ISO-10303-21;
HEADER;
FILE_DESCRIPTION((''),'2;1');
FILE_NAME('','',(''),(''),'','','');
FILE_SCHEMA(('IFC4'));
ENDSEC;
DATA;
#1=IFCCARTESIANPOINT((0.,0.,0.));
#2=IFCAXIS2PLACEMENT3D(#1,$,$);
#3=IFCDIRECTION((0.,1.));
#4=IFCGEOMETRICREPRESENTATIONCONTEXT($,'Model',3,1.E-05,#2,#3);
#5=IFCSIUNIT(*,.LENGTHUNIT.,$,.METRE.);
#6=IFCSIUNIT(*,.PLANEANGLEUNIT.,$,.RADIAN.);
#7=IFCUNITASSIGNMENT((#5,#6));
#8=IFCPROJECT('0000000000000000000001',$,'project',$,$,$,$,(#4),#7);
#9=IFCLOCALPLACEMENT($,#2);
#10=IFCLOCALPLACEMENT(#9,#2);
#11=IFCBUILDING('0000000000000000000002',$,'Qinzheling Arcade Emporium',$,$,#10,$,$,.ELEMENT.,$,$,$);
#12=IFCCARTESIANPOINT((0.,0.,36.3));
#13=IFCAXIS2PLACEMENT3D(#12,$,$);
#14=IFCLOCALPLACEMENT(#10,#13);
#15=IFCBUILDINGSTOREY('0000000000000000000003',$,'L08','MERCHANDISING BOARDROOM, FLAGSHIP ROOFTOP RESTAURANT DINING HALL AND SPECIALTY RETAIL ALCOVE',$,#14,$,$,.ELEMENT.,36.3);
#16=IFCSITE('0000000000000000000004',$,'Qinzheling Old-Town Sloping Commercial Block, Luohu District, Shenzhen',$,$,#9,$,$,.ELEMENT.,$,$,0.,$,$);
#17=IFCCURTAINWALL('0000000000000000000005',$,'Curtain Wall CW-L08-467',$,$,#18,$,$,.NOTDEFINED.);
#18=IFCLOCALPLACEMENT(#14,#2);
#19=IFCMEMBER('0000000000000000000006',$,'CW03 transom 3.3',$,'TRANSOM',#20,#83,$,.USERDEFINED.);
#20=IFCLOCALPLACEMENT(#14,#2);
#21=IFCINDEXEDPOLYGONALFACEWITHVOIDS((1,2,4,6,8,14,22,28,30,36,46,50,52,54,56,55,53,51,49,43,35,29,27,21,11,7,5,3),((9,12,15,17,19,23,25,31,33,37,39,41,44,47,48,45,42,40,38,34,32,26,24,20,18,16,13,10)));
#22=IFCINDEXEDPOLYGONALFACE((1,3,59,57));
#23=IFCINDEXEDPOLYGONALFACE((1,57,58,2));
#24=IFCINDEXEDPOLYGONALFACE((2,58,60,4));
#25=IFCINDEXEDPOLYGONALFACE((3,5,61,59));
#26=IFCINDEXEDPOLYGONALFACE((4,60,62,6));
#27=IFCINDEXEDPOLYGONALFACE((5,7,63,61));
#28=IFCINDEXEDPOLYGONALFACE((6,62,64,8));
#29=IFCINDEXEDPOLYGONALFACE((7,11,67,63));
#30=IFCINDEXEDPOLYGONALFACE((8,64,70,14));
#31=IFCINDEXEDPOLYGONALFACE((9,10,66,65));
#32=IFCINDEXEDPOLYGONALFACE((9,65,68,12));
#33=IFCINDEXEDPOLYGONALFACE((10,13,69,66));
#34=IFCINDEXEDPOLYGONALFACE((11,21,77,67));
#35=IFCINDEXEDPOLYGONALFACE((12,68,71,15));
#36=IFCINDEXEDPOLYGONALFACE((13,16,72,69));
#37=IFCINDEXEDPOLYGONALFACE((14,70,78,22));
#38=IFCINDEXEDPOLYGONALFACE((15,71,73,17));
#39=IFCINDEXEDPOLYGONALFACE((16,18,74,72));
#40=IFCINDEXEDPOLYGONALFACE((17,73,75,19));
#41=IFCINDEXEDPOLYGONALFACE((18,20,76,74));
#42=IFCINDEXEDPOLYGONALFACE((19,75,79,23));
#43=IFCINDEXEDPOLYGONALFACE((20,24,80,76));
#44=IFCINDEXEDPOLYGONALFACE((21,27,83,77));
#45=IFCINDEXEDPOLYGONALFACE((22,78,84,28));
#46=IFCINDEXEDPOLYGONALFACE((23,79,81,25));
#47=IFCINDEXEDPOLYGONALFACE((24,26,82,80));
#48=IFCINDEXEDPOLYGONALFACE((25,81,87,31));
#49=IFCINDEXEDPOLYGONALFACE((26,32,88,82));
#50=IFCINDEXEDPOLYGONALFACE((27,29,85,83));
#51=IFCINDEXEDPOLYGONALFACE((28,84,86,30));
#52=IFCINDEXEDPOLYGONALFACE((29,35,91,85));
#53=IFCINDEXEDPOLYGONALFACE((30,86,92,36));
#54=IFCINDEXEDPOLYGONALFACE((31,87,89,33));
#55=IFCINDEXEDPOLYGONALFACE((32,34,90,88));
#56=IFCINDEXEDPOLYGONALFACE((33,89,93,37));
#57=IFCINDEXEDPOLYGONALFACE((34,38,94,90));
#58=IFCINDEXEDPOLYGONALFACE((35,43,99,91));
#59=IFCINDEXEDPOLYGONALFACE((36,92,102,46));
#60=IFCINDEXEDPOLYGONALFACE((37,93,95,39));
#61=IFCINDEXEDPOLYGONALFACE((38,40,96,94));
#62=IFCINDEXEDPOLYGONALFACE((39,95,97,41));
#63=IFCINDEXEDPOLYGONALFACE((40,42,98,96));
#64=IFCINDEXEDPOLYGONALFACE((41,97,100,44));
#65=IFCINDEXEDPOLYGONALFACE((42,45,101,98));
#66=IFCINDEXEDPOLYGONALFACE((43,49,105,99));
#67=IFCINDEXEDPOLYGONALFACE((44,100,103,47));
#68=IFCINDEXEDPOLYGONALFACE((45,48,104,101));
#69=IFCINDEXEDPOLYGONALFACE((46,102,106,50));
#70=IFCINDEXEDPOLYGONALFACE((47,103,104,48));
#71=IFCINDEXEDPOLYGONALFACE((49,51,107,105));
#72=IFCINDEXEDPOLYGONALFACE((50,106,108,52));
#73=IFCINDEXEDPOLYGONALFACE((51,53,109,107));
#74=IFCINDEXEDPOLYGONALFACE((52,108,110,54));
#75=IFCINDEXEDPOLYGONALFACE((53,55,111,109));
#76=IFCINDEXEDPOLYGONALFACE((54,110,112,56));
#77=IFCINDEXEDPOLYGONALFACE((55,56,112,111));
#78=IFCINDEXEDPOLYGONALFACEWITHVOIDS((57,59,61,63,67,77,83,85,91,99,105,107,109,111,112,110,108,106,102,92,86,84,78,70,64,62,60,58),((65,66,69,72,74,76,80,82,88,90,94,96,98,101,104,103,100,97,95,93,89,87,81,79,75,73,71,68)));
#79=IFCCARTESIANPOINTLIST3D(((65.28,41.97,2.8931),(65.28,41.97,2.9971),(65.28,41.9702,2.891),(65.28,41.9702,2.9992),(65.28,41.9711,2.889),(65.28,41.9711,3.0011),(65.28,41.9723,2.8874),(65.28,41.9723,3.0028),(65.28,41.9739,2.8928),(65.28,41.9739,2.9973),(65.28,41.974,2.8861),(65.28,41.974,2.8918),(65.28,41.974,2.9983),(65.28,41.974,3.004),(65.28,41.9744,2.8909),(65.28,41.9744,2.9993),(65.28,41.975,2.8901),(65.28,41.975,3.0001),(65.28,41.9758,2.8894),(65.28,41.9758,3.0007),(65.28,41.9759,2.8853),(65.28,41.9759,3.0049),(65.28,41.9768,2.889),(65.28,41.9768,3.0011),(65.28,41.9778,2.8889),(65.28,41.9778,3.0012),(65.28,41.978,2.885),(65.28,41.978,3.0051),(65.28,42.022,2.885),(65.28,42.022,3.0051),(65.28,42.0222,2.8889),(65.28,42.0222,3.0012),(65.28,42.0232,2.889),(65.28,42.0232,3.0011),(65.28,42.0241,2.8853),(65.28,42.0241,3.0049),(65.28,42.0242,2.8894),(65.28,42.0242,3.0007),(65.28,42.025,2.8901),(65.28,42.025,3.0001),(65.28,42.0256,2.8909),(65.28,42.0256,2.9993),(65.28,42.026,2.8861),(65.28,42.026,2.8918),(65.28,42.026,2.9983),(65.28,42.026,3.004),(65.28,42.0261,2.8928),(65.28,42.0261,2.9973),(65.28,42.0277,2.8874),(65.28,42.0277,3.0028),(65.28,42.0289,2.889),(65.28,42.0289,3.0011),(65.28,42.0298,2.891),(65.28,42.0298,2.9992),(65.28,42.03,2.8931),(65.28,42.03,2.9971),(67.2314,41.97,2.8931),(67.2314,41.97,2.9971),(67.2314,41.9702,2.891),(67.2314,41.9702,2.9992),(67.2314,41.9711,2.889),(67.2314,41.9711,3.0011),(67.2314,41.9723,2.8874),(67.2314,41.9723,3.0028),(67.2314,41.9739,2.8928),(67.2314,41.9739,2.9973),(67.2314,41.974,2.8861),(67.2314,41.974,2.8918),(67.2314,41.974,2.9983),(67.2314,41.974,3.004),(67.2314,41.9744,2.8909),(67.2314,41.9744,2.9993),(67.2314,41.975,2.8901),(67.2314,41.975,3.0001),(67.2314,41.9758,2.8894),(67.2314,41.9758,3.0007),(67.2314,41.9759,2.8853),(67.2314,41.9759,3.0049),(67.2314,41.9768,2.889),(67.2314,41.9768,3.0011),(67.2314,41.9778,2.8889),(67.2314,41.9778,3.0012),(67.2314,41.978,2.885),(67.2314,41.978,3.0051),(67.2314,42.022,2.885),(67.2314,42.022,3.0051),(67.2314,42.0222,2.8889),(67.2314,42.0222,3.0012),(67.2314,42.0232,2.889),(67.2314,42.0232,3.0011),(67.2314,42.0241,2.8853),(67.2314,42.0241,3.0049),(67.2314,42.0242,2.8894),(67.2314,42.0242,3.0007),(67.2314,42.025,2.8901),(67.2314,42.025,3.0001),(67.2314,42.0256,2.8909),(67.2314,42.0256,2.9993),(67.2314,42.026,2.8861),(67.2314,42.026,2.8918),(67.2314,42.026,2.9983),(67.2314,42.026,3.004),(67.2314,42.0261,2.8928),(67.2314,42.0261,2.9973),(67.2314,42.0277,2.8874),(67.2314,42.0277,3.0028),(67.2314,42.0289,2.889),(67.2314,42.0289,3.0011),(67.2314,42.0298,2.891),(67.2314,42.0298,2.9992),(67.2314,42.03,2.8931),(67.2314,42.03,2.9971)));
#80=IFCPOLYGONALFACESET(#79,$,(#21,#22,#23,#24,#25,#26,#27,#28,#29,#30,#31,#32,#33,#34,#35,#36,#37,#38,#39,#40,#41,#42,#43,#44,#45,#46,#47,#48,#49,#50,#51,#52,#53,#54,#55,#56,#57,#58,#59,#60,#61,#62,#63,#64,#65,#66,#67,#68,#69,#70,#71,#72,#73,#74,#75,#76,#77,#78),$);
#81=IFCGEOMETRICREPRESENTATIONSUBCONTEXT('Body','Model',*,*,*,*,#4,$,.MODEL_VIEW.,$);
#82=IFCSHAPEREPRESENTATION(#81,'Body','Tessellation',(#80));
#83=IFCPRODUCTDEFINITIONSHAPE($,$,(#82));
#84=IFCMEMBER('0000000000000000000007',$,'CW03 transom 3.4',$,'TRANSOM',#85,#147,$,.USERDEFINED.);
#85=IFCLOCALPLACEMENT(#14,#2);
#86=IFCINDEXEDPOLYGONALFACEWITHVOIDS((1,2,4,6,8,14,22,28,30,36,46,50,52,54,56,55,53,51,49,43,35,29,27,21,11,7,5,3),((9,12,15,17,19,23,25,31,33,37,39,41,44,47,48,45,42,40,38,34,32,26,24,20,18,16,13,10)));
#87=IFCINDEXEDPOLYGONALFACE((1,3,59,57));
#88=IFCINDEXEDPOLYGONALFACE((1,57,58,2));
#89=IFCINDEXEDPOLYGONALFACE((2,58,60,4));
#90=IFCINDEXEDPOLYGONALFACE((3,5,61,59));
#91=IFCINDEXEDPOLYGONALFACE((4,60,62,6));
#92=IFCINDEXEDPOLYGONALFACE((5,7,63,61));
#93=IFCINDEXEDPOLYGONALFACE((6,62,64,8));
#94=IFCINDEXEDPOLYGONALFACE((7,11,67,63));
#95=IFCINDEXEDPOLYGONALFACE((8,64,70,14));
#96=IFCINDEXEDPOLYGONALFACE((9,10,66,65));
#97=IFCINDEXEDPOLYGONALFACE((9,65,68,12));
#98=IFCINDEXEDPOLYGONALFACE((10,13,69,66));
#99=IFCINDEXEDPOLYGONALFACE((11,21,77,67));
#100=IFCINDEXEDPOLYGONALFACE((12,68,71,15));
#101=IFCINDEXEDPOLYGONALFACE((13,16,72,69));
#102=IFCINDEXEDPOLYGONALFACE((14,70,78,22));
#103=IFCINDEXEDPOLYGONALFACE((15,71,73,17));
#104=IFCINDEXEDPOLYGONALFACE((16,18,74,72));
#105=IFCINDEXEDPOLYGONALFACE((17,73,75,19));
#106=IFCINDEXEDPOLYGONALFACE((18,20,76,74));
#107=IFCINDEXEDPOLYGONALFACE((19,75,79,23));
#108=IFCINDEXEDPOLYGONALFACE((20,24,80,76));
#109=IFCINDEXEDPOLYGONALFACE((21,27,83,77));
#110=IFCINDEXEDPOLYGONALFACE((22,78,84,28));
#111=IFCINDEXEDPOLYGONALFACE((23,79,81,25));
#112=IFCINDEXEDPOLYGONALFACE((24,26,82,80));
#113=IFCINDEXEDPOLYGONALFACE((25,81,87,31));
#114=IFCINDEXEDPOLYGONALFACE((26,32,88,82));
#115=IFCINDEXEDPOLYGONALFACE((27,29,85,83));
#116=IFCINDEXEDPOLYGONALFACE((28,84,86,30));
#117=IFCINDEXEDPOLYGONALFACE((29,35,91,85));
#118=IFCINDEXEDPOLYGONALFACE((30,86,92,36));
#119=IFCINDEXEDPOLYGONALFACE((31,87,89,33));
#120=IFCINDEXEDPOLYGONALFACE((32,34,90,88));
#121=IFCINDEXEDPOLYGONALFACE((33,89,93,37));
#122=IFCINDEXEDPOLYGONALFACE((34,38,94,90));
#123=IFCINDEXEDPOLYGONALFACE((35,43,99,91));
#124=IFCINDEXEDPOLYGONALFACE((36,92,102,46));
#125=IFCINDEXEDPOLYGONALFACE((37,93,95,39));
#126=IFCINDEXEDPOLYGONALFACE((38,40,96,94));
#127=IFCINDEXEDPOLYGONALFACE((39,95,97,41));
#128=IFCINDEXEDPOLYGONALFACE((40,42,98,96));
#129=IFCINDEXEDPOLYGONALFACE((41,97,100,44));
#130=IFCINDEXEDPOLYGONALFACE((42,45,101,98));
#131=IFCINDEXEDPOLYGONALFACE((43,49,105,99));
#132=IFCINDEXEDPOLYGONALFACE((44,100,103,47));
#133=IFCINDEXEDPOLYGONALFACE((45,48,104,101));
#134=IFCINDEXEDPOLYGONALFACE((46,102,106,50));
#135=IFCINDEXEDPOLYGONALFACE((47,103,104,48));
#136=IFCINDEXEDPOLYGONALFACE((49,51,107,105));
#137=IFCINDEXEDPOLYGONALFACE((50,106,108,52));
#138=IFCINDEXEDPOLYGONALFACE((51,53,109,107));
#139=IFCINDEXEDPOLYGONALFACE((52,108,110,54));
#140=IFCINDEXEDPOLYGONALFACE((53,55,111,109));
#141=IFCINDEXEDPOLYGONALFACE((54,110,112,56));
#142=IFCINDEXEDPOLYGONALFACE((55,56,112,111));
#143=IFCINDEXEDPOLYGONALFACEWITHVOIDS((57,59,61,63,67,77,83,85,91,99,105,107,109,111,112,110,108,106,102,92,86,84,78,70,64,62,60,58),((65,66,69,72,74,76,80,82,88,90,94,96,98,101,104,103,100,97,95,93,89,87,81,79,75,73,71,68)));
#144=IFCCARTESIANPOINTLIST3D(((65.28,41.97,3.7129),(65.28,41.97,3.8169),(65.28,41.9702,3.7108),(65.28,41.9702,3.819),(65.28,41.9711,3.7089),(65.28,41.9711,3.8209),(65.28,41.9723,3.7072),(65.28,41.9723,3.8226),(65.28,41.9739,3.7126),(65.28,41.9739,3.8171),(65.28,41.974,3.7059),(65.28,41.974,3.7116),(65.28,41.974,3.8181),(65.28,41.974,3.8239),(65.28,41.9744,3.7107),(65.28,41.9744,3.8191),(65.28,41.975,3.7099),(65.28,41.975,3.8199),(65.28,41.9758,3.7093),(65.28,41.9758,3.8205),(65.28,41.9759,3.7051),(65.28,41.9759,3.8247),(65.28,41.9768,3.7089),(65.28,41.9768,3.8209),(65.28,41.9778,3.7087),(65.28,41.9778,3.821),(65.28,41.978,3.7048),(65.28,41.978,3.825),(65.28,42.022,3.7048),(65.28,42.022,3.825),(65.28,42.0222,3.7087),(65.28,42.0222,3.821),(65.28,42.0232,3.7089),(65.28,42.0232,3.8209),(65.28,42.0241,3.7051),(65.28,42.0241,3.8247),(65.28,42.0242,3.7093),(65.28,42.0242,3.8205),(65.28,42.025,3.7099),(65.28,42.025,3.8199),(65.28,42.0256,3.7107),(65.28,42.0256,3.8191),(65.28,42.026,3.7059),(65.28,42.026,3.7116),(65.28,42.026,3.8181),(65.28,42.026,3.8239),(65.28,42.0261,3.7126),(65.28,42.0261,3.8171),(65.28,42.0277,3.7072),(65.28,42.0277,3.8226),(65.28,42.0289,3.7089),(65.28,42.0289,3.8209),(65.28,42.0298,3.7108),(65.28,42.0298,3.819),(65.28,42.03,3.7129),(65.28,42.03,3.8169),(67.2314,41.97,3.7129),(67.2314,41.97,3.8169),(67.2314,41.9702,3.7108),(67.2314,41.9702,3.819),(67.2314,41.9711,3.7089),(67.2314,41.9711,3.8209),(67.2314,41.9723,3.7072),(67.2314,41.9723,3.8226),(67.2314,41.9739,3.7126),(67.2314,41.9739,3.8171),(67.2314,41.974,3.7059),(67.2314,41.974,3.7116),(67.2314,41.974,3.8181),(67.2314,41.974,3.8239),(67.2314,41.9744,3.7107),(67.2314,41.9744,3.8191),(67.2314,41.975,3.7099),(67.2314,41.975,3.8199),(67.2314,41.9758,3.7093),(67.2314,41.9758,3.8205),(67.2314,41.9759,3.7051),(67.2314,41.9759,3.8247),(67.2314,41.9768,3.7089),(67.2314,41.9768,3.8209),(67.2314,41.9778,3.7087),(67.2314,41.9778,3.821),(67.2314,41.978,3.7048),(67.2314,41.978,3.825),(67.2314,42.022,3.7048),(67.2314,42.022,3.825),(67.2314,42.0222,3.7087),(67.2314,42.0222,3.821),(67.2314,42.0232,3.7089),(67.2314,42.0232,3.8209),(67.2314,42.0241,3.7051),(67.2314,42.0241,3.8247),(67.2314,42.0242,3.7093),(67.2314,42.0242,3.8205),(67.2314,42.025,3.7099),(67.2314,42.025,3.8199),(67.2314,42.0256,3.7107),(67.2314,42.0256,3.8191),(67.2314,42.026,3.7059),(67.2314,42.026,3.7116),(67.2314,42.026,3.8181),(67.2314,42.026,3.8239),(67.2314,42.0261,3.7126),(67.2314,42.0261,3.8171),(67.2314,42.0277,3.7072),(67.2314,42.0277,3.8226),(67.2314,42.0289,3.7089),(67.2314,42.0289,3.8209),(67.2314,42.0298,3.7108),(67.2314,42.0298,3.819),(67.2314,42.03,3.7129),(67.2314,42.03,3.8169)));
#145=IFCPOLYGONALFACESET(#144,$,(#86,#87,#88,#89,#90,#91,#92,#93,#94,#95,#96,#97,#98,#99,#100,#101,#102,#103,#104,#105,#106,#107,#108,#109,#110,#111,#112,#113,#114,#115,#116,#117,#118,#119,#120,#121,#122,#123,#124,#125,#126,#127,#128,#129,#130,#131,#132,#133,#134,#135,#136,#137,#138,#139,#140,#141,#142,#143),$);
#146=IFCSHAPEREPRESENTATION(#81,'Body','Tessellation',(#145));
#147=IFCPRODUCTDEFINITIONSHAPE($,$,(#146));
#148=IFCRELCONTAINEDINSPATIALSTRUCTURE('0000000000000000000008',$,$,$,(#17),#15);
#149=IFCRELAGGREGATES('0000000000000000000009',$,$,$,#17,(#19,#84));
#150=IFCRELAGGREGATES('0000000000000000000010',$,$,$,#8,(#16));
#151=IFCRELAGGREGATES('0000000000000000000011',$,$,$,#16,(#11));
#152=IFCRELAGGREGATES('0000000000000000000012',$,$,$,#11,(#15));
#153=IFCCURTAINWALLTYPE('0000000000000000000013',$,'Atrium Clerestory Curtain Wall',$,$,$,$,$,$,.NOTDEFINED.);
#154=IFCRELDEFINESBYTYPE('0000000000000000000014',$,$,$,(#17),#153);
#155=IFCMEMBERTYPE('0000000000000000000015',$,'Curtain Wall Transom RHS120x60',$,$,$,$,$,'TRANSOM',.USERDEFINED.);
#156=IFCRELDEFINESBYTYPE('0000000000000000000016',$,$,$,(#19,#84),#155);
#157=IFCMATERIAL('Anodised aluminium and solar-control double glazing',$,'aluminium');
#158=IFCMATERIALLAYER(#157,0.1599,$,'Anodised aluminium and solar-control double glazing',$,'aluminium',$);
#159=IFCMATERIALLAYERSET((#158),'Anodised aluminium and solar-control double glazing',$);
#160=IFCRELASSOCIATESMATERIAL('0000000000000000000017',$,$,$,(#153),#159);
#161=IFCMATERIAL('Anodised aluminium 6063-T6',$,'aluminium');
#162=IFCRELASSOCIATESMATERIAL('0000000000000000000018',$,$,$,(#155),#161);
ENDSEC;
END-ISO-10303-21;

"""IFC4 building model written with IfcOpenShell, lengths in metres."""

from ifc_helpers import new_model, si_unit, direction, frame, origin, origin_2d, place, context, subcontext, project, spatial, hollow_rectangle, extrude, material, layer, layer_set, material_profile, profile_set, type_object, element, aggregate, save


model = new_model("IFC4")

# Units and contexts
model_context = context("Model", 3, precision=1e-05, world=origin(), true_north=direction((0.0, 1.0)))
body_context = subcontext(model_context, "Body", "Model", "MODEL_VIEW")
ifc_project = project(units=[si_unit("LENGTHUNIT", "METRE"), si_unit("PLANEANGLEUNIT", "RADIAN")], contexts=[model_context])

# Site, building, storey
site_placement = place(None, origin())
site = spatial("IfcSite", under=ifc_project, at=site_placement, Name="Qinzheling Old-Town Sloping Commercial Block, Luohu District, Shenzhen", CompositionType="ELEMENT", RefElevation=0.0)
building_placement = place(site_placement, origin())
building = spatial("IfcBuilding", under=site, at=building_placement, Name="Qinzheling Arcade Emporium", CompositionType="ELEMENT")
storey_placement = place(building_placement, frame((0.0, 0.0, 36.3)))
storey = spatial("IfcBuildingStorey", under=building, at=storey_placement, Name="L08", Description="MERCHANDISING BOARDROOM, FLAGSHIP ROOFTOP RESTAURANT DINING HALL AND SPECIALTY RETAIL ALCOVE", CompositionType="ELEMENT", Elevation=36.3)

# Curtain wall, members
ifc_material_1 = material(Name="Anodised aluminium and solar-control double glazing", Category="aluminium")
ifc_layer_1 = layer(ifc_material_1, 0.1599, Name="Anodised aluminium and solar-control double glazing", Category="aluminium")
ifc_layer_set_1 = layer_set([ifc_layer_1], Name="Anodised aluminium and solar-control double glazing")
curtain_wall_type = type_object("IfcCurtainWallType", Name="Atrium Clerestory Curtain Wall", PredefinedType="NOTDEFINED", material=ifc_layer_set_1)
curtain_wall_placement = place(storey_placement, origin())
curtain_wall = element("IfcCurtainWall", 1, at=curtain_wall_placement, inside=storey, type_object=curtain_wall_type, Name="Curtain Wall CW-L08-467", PredefinedType="NOTDEFINED")
ifc_material_2 = material(Name="Anodised aluminium 6063-T6", Category="aluminium")
ifc_material_profile_1 = material_profile(ifc_material_2, hollow_rectangle(XDim=0.0601, YDim=0.1201, WallThickness=0.0039, InnerFilletRadius=0.0039, OuterFilletRadius=0.0081, at=origin_2d()), Name="RHS 120x60x4", Category="aluminium")
ifc_profile_set_1 = profile_set([ifc_material_profile_1], Name="Anodised aluminium 6063-T6")
member_type_1 = type_object("IfcMemberType", Name="Curtain Wall Transom RHS120x60", ElementType="TRANSOM", PredefinedType="USERDEFINED", material=ifc_profile_set_1)
member_1_placement = place(storey_placement, frame((65.28, 42.0, 2.9451), z_axis=(1.0, 0.0, 0.0), x_axis=(0.0, 1.0, 0.0)))
member_1 = element("IfcMember", 2, at=member_1_placement, type_object=member_type_1, Name="CW03 transom 3.3", ObjectType="TRANSOM", PredefinedType="USERDEFINED", context=body_context, shape_type="SweptSolid", body=[
    extrude(hollow_rectangle(XDim=0.0601, YDim=0.1201, WallThickness=0.0039, InnerFilletRadius=0.0039, OuterFilletRadius=0.0081, at=origin_2d()), origin(), (0.0, 0.0, 1.0), 1.9514),
])
member_2_placement = place(storey_placement, frame((65.28, 42.0, 3.7649), z_axis=(1.0, 0.0, 0.0), x_axis=(0.0, 1.0, 0.0)))
member_2 = element("IfcMember", 3, at=member_2_placement, type_object=member_type_1, Name="CW03 transom 3.4", ObjectType="TRANSOM", PredefinedType="USERDEFINED", context=body_context, shape_type="SweptSolid", body=[
    extrude(hollow_rectangle(XDim=0.0601, YDim=0.1201, WallThickness=0.0039, InnerFilletRadius=0.0039, OuterFilletRadius=0.0081, at=origin_2d()), origin(), (0.0, 0.0, 1.0), 1.9514),
])
aggregate(curtain_wall, [member_1, member_2])

save(model, "model.ifc")
